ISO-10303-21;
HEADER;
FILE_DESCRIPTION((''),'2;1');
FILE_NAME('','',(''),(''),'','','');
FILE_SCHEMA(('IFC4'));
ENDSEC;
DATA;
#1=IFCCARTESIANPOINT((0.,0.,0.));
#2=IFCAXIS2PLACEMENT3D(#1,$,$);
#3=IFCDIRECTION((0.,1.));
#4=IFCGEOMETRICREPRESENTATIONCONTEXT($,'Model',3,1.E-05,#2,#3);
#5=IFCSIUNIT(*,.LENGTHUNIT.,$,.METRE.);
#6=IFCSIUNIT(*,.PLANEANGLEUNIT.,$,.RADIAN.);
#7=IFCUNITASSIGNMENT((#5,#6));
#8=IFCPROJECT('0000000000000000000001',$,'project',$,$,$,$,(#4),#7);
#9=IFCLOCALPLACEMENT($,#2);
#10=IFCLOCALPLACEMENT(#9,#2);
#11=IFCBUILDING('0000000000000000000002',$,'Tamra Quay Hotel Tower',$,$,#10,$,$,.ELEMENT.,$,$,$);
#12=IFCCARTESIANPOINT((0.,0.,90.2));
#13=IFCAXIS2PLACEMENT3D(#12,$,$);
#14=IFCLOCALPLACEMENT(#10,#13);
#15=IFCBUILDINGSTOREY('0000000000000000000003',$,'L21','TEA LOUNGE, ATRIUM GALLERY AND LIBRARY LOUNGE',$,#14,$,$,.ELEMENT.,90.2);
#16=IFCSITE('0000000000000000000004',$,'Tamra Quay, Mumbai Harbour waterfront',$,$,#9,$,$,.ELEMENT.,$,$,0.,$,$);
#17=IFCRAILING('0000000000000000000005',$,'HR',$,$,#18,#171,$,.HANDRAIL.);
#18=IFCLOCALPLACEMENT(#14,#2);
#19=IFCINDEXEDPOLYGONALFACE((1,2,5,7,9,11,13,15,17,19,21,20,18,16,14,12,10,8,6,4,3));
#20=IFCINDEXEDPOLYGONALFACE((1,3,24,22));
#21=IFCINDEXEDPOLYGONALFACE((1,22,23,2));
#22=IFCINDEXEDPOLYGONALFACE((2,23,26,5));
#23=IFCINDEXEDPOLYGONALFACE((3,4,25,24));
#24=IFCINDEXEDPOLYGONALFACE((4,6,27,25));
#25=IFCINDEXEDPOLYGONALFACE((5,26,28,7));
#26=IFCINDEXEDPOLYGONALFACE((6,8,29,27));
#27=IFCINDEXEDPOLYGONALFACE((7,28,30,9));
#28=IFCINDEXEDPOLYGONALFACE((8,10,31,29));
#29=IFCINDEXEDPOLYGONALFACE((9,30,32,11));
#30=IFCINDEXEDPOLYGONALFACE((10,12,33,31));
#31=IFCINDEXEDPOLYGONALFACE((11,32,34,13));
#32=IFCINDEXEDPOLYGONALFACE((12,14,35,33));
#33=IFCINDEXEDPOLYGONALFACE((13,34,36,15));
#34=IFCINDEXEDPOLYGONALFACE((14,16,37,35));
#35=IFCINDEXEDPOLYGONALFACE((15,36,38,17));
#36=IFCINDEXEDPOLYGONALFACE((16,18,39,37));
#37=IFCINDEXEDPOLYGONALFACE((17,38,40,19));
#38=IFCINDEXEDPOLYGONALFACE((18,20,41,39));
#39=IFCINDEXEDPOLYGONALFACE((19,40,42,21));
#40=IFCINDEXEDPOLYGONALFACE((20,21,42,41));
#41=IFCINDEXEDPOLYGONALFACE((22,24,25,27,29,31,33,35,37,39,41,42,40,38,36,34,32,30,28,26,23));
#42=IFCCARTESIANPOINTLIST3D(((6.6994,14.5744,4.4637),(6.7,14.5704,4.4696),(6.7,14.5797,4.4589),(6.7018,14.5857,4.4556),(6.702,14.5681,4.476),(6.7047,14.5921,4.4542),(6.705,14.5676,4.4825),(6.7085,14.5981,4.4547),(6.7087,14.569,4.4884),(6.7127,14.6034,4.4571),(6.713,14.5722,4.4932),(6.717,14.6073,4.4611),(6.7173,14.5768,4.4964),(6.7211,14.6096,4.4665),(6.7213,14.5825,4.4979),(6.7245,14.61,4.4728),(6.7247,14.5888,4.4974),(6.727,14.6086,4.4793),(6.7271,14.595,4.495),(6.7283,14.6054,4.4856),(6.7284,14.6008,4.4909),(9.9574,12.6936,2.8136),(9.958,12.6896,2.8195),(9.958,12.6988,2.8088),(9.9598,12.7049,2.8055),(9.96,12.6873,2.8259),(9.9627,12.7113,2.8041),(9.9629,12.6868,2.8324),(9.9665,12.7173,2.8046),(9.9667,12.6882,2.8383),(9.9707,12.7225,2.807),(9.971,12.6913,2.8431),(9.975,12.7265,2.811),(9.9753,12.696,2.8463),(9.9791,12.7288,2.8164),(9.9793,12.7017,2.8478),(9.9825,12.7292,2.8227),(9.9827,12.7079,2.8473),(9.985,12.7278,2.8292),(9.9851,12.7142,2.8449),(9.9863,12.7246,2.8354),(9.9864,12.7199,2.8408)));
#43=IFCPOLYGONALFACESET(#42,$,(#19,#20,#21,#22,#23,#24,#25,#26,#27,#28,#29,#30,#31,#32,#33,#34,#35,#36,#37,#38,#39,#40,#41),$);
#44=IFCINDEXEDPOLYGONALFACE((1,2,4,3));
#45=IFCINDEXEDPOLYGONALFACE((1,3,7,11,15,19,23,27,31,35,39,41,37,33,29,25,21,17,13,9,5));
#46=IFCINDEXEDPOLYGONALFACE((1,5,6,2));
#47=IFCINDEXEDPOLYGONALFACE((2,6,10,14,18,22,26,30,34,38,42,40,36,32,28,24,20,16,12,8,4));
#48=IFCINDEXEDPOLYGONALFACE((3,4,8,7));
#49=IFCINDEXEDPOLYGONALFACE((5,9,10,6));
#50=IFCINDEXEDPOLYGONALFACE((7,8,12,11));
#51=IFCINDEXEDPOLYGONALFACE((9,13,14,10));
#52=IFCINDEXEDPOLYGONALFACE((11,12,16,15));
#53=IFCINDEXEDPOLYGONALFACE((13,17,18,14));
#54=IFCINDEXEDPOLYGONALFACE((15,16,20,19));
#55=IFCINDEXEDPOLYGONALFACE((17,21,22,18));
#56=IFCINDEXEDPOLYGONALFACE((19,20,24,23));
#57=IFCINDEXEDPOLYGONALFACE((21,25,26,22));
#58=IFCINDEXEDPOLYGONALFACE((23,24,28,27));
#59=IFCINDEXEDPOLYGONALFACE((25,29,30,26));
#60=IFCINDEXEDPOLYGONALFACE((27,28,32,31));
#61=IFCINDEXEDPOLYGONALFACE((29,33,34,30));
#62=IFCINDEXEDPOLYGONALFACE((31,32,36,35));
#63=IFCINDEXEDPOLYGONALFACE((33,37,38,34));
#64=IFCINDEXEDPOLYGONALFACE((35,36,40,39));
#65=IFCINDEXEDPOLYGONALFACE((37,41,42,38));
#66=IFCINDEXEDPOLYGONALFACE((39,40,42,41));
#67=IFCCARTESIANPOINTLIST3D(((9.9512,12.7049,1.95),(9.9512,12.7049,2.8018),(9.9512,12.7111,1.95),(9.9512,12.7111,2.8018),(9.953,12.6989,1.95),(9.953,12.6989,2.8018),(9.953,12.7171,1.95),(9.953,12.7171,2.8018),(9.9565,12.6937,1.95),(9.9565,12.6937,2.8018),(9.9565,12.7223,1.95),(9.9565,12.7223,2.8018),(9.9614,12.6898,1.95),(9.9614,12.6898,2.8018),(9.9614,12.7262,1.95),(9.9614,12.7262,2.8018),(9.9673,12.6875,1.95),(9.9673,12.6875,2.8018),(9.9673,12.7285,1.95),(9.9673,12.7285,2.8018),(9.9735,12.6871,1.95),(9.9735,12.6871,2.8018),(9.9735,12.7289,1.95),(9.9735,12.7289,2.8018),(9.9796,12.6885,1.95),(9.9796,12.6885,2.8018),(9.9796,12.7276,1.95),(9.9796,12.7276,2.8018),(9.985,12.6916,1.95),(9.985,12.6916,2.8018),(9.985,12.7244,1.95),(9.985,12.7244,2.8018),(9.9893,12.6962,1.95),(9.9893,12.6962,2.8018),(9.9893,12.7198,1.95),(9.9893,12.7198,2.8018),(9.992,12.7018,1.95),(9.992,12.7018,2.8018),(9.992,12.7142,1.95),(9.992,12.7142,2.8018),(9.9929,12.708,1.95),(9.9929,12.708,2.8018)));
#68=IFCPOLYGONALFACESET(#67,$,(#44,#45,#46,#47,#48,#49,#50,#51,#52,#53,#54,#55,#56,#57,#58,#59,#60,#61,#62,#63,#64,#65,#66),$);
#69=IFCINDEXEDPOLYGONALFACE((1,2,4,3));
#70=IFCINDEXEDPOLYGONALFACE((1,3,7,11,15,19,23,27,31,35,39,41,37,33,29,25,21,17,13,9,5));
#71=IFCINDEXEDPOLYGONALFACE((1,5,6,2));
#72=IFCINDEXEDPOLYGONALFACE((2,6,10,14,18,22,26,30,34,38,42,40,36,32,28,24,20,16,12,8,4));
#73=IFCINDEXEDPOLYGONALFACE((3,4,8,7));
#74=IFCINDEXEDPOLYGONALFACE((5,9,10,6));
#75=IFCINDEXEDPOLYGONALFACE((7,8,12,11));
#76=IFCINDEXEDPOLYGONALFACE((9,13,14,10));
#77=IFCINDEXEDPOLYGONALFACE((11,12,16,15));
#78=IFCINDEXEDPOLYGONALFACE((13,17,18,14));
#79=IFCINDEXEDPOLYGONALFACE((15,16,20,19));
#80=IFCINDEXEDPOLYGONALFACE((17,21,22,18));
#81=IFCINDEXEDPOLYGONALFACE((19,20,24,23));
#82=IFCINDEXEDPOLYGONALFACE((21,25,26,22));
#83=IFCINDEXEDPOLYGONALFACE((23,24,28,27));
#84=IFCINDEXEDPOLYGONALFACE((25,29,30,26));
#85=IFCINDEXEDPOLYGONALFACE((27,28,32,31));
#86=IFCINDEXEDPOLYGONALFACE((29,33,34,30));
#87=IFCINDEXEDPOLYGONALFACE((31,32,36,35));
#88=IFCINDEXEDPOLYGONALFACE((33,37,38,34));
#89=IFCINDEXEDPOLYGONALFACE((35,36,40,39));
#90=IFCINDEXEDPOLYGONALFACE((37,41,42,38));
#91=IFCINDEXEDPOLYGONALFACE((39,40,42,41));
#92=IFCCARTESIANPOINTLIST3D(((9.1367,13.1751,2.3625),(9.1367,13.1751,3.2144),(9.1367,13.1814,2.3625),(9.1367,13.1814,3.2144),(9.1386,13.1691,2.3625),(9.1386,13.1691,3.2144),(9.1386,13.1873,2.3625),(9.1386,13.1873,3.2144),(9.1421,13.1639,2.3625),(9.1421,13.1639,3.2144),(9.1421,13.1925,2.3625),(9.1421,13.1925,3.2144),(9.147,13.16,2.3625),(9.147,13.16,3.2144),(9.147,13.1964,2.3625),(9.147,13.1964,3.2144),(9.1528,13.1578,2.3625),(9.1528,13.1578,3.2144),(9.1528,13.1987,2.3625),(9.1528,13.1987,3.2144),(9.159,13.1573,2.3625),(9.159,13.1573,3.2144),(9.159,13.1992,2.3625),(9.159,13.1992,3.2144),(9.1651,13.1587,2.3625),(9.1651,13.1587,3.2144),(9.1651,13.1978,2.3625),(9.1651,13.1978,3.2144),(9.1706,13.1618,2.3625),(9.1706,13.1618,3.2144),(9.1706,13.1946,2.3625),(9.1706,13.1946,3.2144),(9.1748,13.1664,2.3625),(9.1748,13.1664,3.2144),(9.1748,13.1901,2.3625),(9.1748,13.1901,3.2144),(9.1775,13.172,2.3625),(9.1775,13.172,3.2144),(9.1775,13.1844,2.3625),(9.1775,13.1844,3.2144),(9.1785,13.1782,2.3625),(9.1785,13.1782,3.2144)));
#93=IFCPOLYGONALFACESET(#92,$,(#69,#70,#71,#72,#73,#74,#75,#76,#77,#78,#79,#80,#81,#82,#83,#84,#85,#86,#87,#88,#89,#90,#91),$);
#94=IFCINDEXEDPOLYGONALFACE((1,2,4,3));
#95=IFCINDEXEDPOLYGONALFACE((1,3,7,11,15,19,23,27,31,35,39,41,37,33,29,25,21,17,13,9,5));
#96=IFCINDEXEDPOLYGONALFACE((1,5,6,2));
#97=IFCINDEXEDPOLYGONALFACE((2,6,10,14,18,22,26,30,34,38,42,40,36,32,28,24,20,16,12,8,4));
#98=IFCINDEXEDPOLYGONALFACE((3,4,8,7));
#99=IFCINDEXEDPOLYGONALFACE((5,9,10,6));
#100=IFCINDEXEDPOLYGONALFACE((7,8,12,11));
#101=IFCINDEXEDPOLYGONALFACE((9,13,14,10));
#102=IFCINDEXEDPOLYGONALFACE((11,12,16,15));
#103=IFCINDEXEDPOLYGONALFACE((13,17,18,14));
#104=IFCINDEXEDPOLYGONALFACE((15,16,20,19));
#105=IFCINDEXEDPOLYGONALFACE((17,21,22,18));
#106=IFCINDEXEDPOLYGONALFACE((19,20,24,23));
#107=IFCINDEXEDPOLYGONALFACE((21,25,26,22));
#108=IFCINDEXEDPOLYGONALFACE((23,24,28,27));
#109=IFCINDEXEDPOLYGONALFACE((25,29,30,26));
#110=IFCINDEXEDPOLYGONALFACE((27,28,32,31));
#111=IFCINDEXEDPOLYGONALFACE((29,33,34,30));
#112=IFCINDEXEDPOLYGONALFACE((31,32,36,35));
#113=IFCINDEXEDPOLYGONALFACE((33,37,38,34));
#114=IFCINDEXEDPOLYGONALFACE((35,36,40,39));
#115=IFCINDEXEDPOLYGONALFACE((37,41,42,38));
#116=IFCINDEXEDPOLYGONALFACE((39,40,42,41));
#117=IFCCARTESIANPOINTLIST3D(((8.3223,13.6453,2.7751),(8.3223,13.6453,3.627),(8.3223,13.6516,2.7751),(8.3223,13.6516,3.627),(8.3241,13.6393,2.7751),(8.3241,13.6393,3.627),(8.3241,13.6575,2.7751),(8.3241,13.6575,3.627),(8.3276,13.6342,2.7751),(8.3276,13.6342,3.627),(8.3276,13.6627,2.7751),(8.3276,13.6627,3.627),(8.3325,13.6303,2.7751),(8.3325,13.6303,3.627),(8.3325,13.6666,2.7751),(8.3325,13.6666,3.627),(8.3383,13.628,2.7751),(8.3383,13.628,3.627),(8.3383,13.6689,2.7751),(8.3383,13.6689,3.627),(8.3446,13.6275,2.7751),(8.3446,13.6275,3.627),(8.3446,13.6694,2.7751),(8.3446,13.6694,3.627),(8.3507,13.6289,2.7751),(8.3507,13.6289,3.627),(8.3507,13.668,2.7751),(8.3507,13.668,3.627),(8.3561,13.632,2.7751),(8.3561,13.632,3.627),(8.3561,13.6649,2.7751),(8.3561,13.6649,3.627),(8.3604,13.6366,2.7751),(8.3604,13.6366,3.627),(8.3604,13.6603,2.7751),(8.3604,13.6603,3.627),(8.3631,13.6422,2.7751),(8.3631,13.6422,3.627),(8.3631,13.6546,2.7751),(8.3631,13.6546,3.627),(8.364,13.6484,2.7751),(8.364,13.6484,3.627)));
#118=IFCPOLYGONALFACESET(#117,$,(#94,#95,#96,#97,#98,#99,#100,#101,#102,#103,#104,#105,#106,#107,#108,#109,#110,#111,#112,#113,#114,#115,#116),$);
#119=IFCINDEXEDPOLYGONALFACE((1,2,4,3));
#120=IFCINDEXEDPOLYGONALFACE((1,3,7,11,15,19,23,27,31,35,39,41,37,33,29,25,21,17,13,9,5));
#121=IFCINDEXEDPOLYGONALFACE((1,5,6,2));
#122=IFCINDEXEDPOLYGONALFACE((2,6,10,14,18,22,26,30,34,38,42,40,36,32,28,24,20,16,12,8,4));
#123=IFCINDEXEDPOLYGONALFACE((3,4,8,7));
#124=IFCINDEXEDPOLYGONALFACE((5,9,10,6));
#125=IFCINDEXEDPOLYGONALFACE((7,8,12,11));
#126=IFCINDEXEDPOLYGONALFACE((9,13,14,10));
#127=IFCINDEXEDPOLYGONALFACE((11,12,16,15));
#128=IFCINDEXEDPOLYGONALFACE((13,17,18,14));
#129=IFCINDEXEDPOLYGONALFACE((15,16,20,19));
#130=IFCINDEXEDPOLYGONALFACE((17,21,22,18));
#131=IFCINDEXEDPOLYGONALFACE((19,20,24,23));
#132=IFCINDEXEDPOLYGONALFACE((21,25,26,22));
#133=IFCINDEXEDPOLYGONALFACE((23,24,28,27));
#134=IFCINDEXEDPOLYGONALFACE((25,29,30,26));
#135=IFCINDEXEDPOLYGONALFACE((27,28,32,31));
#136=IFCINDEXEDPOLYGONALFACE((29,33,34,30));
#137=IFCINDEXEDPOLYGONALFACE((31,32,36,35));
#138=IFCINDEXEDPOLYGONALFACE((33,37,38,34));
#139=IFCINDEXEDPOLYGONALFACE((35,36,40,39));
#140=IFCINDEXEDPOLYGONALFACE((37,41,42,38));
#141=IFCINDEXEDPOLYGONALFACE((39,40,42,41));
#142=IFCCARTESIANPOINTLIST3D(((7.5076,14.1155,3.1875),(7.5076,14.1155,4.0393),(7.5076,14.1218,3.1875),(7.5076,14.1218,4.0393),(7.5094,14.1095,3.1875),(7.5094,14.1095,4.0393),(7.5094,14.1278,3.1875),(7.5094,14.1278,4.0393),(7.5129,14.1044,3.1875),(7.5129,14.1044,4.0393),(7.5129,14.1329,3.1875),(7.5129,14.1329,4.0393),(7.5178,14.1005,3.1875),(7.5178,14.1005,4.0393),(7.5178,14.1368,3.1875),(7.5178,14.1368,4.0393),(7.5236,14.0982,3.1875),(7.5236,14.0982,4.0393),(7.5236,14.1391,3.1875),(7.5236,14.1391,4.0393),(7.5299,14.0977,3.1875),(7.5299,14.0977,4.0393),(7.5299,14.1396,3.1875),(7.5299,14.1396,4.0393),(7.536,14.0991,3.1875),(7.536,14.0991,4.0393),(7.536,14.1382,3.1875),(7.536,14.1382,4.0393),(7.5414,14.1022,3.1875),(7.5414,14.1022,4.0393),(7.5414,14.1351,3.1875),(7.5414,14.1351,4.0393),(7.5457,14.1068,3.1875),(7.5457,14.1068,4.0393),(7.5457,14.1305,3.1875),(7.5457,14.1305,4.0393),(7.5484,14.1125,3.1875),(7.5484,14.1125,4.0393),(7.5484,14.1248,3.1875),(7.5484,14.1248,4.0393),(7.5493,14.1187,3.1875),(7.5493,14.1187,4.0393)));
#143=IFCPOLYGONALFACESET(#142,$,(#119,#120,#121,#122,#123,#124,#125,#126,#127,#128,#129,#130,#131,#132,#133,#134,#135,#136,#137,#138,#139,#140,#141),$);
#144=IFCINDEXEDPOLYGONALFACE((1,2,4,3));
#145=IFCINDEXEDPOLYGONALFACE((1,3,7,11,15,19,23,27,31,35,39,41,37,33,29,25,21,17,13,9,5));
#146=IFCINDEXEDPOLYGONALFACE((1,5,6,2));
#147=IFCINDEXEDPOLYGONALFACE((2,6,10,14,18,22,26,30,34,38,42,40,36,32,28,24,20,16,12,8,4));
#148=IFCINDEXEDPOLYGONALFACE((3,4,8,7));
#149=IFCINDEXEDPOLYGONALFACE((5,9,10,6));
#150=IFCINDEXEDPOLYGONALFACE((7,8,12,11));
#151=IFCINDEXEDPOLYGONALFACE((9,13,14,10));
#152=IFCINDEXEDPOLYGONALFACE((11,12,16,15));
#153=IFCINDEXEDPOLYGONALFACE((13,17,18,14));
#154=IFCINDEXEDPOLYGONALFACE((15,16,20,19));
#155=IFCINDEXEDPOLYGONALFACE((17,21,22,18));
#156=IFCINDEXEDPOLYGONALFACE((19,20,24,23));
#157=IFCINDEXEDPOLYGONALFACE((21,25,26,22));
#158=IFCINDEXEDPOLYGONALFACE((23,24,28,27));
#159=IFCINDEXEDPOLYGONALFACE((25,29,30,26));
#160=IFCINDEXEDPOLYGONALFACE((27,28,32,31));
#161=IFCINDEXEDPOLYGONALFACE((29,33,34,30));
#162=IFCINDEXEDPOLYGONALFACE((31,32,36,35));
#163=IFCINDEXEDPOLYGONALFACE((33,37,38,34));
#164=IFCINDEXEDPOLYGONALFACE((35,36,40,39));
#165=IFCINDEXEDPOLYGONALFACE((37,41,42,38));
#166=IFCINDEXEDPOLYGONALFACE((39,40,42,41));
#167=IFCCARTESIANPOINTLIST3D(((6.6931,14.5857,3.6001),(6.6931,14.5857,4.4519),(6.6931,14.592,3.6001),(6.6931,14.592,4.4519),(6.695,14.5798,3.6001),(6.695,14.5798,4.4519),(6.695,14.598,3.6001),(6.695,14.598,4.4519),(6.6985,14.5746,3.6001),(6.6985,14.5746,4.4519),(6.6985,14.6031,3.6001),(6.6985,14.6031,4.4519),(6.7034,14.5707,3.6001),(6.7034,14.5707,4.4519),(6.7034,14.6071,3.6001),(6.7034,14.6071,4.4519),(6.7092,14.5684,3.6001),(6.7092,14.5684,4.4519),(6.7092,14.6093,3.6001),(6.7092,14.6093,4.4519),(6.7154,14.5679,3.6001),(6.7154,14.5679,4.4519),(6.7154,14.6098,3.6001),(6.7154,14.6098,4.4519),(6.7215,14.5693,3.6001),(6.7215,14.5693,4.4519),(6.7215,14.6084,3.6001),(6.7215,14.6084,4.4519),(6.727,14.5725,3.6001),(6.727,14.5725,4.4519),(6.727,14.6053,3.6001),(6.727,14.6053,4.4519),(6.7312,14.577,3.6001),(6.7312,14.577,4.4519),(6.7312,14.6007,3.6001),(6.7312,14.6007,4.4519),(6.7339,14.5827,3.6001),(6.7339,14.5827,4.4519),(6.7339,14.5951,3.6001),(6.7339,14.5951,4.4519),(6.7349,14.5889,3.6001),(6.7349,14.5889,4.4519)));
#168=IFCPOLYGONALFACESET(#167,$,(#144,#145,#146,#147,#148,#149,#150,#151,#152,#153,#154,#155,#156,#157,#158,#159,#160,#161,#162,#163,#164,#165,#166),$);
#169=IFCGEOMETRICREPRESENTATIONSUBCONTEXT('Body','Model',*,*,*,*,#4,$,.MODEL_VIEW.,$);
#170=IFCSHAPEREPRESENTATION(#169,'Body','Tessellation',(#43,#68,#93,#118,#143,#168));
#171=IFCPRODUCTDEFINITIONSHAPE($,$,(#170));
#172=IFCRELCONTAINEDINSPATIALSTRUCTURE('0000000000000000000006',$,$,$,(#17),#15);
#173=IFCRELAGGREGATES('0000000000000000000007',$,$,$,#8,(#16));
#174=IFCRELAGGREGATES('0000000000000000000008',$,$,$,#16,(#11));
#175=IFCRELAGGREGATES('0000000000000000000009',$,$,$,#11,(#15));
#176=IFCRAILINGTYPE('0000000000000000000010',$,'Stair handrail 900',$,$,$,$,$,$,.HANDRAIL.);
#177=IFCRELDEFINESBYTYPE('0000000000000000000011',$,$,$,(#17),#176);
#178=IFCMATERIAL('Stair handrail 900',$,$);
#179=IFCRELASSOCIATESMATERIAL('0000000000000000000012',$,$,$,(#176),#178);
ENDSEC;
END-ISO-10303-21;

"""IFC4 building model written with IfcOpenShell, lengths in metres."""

from ifc_helpers import new_model, si_unit, direction, frame, origin, origin_2d, place, context, subcontext, project, spatial, circle, extrude, material, type_object, element, save


model = new_model("IFC4")

# Units and contexts
model_context = context("Model", 3, precision=1e-05, world=origin(), true_north=direction((0.0, 1.0)))
body_context = subcontext(model_context, "Body", "Model", "MODEL_VIEW")
ifc_project = project(units=[si_unit("LENGTHUNIT", "METRE"), si_unit("PLANEANGLEUNIT", "RADIAN")], contexts=[model_context])

# Site, building, storey
site_placement = place(None, origin())
site = spatial("IfcSite", under=ifc_project, at=site_placement, Name="Tamra Quay, Mumbai Harbour waterfront", CompositionType="ELEMENT", RefElevation=0.0)
building_placement = place(site_placement, origin())
building = spatial("IfcBuilding", under=site, at=building_placement, Name="Tamra Quay Hotel Tower", CompositionType="ELEMENT")
storey_placement = place(building_placement, frame((0.0, 0.0, 90.2)))
storey = spatial("IfcBuildingStorey", under=building, at=storey_placement, Name="L21", Description="TEA LOUNGE, ATRIUM GALLERY AND LIBRARY LOUNGE", CompositionType="ELEMENT", Elevation=90.2)

# Railing
ifc_material_1 = material(Name="Stair handrail 900")
railing_type_1 = type_object("IfcRailingType", Name="Stair handrail 900", PredefinedType="HANDRAIL", material=ifc_material_1)
railing_1_placement = place(storey_placement, frame((9.9719, 12.708, 1.95)))
element("IfcRailing", 1, at=railing_1_placement, inside=storey, type_object=railing_type_1, Name="HR", PredefinedType="HANDRAIL", context=body_context, shape_type="SweptSolid", body=[
    extrude(circle(Radius=0.0239, at=origin_2d()), frame((0.0, 0.0, 0.876), z_axis=(-0.793103, 0.457854, 0.401692), x_axis=(-0.499964, -0.866046, 0.0)), (0.0, 0.0, 1.0), 4.1079),
    extrude(circle(Radius=0.021, at=origin_2d()), origin(), (0.0, 0.0, 1.0), 0.8518),
    extrude(circle(Radius=0.021, at=origin_2d()), frame((-0.8145, 0.4702, 0.4126)), (0.0, 0.0, 1.0), 0.8518),
    extrude(circle(Radius=0.021, at=origin_2d()), frame((-1.6289, 0.9404, 0.8252)), (0.0, 0.0, 1.0), 0.8518),
    extrude(circle(Radius=0.021, at=origin_2d()), frame((-2.4436, 1.4106, 1.2375)), (0.0, 0.0, 1.0), 0.8518),
    extrude(circle(Radius=0.021, at=origin_2d()), frame((-3.2581, 1.8809, 1.6501)), (0.0, 0.0, 1.0), 0.8518),
])

save(model, "model.ifc")
